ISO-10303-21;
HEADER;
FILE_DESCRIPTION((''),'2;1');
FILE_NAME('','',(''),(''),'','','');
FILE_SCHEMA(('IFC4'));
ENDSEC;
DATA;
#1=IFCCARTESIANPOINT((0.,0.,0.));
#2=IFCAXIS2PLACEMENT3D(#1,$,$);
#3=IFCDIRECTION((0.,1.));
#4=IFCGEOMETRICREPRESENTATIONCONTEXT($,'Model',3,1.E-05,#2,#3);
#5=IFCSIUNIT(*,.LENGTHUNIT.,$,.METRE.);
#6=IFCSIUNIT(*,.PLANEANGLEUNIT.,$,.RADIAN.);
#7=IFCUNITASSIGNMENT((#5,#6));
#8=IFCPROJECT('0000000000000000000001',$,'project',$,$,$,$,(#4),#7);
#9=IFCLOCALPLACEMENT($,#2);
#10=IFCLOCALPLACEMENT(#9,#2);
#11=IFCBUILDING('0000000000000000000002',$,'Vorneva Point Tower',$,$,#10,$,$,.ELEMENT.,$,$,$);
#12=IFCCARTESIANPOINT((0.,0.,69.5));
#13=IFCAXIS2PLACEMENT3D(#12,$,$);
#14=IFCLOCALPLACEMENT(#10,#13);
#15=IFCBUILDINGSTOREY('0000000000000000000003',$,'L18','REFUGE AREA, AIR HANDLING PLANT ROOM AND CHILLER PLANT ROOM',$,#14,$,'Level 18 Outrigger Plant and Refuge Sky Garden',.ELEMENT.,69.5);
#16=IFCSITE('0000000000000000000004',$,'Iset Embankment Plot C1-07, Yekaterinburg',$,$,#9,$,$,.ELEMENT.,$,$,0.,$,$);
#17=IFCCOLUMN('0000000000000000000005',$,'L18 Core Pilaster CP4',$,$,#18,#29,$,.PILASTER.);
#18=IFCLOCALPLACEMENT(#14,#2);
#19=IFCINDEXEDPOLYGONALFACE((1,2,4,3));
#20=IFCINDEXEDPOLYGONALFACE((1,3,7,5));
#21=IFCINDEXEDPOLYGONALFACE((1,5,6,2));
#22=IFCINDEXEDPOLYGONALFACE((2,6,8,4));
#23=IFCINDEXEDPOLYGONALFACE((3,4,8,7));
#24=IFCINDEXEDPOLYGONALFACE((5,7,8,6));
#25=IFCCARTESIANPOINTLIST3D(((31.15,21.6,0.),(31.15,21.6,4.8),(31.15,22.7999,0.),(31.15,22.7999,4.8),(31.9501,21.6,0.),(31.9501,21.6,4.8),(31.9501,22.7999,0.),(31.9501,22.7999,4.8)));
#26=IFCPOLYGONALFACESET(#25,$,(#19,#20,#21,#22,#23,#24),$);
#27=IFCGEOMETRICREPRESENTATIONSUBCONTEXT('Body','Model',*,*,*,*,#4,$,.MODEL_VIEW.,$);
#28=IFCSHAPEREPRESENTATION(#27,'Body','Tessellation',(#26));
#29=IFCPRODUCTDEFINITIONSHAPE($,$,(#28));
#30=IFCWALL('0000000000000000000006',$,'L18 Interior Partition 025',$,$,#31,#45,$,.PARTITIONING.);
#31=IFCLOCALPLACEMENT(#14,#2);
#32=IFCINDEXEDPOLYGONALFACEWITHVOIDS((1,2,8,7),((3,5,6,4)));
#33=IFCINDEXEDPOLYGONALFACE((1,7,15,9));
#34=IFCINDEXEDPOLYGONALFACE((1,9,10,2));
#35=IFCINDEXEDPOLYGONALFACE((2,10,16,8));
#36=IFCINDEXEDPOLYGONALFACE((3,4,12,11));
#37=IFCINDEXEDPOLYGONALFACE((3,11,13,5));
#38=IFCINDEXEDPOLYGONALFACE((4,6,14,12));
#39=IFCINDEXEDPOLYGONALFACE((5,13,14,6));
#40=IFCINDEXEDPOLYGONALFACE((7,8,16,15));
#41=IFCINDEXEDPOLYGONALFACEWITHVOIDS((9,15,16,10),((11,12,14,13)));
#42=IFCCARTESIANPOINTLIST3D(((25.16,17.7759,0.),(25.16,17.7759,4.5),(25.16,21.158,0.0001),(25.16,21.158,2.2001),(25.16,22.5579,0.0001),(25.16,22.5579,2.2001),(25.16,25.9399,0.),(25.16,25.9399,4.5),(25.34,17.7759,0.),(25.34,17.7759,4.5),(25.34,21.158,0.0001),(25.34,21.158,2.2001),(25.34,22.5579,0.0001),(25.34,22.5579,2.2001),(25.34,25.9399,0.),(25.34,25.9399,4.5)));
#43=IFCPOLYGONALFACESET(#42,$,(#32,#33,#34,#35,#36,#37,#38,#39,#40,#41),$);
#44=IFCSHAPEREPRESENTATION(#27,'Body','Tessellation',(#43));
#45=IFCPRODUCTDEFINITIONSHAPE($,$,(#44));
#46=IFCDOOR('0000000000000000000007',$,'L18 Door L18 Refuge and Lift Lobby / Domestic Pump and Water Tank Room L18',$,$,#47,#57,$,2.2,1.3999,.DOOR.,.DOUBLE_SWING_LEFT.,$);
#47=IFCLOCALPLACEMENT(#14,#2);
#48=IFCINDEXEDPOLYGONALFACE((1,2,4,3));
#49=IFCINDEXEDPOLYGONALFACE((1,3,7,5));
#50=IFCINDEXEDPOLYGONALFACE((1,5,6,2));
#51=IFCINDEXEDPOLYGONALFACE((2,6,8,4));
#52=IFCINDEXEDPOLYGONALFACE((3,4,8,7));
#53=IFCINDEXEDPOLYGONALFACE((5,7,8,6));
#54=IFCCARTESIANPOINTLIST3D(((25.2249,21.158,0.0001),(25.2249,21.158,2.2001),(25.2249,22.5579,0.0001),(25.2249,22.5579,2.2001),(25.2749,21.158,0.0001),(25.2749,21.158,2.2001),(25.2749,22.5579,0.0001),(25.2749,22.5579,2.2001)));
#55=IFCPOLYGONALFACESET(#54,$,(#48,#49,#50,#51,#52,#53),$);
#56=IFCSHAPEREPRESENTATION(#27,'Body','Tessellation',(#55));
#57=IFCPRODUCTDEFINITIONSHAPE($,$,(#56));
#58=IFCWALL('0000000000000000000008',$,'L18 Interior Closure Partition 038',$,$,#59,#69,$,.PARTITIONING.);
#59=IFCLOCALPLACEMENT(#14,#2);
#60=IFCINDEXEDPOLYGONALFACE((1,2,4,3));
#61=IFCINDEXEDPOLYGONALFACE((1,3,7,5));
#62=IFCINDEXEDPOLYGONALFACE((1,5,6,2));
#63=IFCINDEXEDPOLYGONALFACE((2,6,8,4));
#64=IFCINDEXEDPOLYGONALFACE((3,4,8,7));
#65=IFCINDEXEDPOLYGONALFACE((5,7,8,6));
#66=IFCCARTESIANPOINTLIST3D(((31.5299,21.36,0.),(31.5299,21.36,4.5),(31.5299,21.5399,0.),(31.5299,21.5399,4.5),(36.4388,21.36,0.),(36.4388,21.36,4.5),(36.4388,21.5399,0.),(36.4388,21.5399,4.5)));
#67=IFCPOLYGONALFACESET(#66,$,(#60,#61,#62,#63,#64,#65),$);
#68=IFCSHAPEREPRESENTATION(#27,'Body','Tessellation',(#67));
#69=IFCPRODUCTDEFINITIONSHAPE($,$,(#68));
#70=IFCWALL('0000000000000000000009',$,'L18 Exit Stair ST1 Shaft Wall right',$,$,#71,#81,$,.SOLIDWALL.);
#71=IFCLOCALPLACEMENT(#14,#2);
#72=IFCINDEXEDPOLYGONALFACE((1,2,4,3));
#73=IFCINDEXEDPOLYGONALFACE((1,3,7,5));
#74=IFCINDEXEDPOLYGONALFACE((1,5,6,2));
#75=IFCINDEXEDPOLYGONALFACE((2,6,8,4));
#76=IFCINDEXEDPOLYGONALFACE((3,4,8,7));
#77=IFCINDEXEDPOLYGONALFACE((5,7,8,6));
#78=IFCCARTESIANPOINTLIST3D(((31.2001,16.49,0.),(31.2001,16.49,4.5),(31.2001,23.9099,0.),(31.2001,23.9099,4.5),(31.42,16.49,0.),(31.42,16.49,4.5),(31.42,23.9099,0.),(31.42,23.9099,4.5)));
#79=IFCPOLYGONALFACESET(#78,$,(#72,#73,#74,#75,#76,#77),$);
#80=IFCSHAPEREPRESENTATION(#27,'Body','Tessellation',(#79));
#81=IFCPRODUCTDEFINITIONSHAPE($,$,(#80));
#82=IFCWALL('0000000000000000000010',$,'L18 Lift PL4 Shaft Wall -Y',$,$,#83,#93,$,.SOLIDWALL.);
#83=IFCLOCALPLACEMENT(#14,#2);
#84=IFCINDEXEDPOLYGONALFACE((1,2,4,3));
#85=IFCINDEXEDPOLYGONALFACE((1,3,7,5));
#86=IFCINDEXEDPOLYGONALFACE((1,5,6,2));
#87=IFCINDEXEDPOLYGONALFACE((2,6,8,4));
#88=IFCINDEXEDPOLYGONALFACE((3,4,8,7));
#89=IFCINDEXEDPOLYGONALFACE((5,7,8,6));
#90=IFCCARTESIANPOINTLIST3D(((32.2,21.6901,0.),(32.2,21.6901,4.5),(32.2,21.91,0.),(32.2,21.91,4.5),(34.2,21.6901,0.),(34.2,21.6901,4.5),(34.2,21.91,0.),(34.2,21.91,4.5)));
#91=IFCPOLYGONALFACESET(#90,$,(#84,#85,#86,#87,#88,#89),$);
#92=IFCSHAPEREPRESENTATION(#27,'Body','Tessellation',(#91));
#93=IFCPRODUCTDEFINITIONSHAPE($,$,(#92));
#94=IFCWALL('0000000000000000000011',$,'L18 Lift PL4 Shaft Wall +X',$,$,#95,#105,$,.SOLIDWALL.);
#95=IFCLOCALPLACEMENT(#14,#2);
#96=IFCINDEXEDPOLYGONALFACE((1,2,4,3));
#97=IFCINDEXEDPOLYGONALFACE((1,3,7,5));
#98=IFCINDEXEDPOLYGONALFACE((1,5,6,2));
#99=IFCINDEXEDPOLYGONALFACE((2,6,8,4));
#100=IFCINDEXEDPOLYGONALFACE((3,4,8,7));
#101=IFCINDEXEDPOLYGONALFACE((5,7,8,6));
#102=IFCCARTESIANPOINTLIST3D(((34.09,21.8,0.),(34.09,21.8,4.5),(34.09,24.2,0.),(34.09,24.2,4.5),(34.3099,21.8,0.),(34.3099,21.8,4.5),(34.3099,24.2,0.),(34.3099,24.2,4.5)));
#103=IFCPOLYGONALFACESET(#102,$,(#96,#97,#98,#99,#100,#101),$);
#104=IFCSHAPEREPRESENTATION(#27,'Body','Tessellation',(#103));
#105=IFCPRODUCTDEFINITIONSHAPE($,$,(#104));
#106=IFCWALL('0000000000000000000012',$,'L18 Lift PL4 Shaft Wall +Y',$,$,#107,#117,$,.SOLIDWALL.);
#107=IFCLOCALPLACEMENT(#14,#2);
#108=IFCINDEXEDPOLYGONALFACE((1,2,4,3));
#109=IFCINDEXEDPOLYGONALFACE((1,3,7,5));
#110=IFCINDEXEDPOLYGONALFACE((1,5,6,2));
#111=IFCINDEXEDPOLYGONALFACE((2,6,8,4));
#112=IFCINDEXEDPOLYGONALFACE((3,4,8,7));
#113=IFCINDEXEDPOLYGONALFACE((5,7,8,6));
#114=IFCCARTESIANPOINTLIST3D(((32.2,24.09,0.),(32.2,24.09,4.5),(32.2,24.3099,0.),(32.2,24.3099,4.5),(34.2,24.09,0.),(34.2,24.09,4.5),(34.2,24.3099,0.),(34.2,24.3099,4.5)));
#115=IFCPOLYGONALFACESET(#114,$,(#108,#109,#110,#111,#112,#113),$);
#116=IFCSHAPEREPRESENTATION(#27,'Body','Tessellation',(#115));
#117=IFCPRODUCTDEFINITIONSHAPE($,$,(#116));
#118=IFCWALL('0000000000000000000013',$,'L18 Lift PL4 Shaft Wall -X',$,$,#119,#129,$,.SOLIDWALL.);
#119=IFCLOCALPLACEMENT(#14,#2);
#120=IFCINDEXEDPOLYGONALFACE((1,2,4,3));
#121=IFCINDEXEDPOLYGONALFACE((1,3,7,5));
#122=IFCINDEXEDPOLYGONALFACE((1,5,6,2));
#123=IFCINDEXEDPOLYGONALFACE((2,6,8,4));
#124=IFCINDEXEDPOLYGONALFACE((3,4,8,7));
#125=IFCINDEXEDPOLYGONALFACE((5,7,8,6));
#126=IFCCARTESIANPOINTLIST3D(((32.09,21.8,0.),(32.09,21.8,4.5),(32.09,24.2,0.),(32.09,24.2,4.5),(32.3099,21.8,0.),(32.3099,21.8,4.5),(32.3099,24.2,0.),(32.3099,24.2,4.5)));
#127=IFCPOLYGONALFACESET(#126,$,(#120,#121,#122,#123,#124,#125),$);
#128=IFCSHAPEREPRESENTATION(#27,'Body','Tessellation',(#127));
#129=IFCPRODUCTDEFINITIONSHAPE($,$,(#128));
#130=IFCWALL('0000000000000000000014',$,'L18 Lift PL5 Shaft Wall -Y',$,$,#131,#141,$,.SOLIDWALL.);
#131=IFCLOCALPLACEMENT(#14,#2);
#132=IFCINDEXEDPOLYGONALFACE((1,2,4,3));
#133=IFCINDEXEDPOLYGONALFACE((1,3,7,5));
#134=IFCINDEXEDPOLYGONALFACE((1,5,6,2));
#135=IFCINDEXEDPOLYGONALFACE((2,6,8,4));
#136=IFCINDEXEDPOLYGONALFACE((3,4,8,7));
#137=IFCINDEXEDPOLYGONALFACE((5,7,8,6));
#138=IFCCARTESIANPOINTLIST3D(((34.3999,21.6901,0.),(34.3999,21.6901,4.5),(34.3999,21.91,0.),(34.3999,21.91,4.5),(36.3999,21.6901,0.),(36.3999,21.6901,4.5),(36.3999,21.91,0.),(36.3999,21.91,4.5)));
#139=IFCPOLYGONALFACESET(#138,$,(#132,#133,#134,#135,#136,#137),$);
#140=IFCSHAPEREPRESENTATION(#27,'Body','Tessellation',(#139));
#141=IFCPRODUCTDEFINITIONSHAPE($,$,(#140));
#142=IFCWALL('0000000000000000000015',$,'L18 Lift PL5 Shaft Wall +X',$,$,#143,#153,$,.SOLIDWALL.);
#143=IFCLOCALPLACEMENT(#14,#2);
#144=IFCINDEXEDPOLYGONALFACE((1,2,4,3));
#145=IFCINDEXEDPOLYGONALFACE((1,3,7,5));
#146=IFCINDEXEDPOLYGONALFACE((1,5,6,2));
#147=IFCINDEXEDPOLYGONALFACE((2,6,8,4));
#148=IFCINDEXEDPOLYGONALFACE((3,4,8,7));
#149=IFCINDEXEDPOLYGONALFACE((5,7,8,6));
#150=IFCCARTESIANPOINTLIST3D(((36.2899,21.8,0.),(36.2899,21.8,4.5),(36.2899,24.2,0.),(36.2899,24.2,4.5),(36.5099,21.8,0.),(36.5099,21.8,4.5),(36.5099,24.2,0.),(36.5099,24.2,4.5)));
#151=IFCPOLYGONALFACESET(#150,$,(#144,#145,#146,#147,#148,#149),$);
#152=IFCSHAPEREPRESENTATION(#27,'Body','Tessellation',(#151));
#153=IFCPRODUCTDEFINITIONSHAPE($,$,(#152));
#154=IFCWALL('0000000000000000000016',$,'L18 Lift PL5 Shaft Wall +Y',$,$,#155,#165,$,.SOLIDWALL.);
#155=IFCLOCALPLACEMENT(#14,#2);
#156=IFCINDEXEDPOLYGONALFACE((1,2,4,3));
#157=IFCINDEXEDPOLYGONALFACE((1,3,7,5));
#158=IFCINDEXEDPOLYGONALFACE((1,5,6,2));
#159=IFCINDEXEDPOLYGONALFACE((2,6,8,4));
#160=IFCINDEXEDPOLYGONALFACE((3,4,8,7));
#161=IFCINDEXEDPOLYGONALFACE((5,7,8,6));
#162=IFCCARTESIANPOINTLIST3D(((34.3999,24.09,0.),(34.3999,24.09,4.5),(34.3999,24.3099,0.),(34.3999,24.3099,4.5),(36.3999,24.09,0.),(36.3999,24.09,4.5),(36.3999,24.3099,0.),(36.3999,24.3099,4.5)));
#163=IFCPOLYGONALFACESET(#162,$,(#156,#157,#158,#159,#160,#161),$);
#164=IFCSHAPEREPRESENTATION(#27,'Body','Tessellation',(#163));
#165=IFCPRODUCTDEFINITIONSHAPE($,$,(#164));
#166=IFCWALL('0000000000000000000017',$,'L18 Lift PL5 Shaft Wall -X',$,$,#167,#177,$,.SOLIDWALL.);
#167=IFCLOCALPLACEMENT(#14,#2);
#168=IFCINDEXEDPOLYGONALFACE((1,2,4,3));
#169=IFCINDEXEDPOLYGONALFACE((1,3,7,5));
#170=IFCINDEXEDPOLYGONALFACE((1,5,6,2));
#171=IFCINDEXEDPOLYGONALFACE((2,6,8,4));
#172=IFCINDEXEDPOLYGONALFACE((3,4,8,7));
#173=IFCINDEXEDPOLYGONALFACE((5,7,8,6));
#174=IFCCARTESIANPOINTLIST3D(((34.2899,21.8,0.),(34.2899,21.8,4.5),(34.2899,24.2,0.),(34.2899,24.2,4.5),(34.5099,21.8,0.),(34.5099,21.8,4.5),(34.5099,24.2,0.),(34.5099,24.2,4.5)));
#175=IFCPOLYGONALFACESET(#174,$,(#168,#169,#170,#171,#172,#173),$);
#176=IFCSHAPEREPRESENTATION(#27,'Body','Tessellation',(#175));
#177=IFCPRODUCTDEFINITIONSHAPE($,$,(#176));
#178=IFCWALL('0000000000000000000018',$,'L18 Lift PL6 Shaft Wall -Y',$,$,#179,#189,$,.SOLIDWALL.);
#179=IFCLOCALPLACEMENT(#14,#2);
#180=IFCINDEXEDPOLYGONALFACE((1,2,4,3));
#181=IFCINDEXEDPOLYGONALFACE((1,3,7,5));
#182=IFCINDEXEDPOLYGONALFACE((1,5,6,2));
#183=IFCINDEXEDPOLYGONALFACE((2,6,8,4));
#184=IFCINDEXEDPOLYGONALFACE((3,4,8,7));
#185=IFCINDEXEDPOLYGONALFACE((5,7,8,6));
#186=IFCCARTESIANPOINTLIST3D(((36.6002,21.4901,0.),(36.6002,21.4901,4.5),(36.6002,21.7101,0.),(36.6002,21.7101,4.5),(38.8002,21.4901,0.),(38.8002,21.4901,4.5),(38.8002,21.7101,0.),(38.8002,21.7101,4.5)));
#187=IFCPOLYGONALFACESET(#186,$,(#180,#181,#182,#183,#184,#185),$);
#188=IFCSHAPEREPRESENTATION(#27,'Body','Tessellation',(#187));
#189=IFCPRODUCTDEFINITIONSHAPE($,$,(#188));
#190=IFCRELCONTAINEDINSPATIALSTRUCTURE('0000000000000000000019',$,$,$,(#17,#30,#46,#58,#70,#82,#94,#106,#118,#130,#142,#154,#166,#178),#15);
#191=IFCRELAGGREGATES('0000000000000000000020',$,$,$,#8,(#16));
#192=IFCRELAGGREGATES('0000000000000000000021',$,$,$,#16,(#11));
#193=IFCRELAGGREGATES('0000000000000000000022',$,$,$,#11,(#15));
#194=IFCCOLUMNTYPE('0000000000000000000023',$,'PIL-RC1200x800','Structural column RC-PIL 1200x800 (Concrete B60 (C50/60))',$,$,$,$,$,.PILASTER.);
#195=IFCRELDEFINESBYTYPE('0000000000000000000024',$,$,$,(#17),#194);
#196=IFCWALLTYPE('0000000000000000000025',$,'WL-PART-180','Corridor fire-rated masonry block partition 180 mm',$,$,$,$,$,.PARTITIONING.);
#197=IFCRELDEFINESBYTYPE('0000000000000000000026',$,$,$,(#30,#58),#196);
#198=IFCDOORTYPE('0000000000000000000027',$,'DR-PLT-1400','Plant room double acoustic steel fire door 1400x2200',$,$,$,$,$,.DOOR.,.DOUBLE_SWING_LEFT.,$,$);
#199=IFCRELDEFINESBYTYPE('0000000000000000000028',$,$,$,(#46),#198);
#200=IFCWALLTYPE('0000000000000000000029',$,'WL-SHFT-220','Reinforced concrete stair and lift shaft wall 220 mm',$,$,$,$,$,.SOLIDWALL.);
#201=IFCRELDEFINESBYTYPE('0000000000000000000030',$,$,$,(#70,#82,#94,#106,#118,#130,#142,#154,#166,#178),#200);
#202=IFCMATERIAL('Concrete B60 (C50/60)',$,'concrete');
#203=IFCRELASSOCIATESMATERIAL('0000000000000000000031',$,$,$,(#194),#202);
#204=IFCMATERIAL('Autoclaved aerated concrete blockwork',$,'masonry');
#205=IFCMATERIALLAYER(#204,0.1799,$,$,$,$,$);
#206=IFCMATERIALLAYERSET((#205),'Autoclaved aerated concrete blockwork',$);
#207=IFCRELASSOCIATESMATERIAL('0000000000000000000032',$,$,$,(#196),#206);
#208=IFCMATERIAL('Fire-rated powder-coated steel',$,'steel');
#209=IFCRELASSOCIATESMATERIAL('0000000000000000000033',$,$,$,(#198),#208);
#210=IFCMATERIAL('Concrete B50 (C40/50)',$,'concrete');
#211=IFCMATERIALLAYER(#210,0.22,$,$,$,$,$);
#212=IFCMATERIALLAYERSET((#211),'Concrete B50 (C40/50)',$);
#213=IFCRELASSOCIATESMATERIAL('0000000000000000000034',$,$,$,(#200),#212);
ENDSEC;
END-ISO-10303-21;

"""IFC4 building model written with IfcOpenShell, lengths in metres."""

from ifc_helpers import new_model, si_unit, direction, frame, frame_2d, origin, origin_2d, place, context, subcontext, project, spatial, rectangle, extrude, material, layer, layer_set, material_profile, profile_set, type_object, element, fill, save


model = new_model("IFC4")

# Units and contexts
model_context = context("Model", 3, precision=1e-05, world=origin(), true_north=direction((0.0, 1.0)))
body_context = subcontext(model_context, "Body", "Model", "MODEL_VIEW")
ifc_project = project(units=[si_unit("LENGTHUNIT", "METRE"), si_unit("PLANEANGLEUNIT", "RADIAN")], contexts=[model_context])

# Site, building, storey
site_placement = place(None, origin())
site = spatial("IfcSite", under=ifc_project, at=site_placement, Name="Iset Embankment Plot C1-07, Yekaterinburg", CompositionType="ELEMENT", RefElevation=0.0)
building_placement = place(site_placement, origin())
building = spatial("IfcBuilding", under=site, at=building_placement, Name="Vorneva Point Tower", CompositionType="ELEMENT")
storey_placement = place(building_placement, frame((0.0, 0.0, 69.5)))
storey = spatial("IfcBuildingStorey", under=building, at=storey_placement, Name="L18", Description="REFUGE AREA, AIR HANDLING PLANT ROOM AND CHILLER PLANT ROOM", LongName="Level 18 Outrigger Plant and Refuge Sky Garden", CompositionType="ELEMENT", Elevation=69.5)

# Column
ifc_material_1 = material(Name="Concrete B60 (C50/60)", Category="concrete")
ifc_material_profile = material_profile(ifc_material_1, rectangle(XDim=0.8, YDim=1.2, at=origin_2d()), Name="RC-PIL 1200x800")
ifc_profile_set = profile_set([ifc_material_profile], Name="Concrete B60 (C50/60)")
column_type = type_object("IfcColumnType", Name="PIL-RC1200x800", Description="Structural column RC-PIL 1200x800 (Concrete B60 (C50/60))", PredefinedType="PILASTER", material=ifc_profile_set)
column_placement = place(storey_placement, frame((31.55, 22.2, 0.0), z_axis=(0.0, 0.0, 1.0), x_axis=(1.0, 0.0, 0.0)))
element("IfcColumn", 1, at=column_placement, inside=storey, type_object=column_type, Name="L18 Core Pilaster CP4", PredefinedType="PILASTER", context=body_context, shape_type="SweptSolid", body=[
    extrude(rectangle(XDim=0.8, YDim=1.2, at=origin_2d()), origin(), (0.0, 0.0, 1.0), 4.8),
])

# Wall, opening, door
ifc_material_2 = material(Name="Autoclaved aerated concrete blockwork", Category="masonry")
ifc_layer_1 = layer(ifc_material_2, 0.1799)
ifc_layer_set_1 = layer_set([ifc_layer_1], Name="Autoclaved aerated concrete blockwork")
wall_type_1 = type_object("IfcWallType", Name="WL-PART-180", Description="Corridor fire-rated masonry block partition 180 mm", PredefinedType="PARTITIONING", material=ifc_layer_set_1)
ifc_material_3 = material(Name="Fire-rated powder-coated steel", Category="steel")
wall_1_placement = place(storey_placement, frame((25.25, 25.9399, 0.0), z_axis=(0.0, 0.0, 1.0), x_axis=(0.0, -1.0, 0.0)))
wall_1 = element("IfcWall", 2, at=wall_1_placement, inside=storey, type_object=wall_type_1, Name="L18 Interior Partition 025", PredefinedType="PARTITIONING", context=body_context, shape_type="SweptSolid", body=[
    extrude(rectangle(XDim=8.1641, YDim=0.1799, at=frame_2d((4.082, 0.0))), origin(), (0.0, 0.0, 1.0), 4.5),
])
opening_1_placement = place(wall_1_placement, frame((3.3821, 0.0, 0.0)))
opening_1 = element("IfcOpeningElement", 3, at=opening_1_placement, cuts=wall_1, PredefinedType="OPENING", context=body_context, shape_type="SweptSolid", body=[
    extrude(rectangle(XDim=1.3999, YDim=2.2, at=frame_2d((0.7, 1.1001))), frame((0.0, 0.105, 0.0), z_axis=(0.0, -1.0, 0.0), x_axis=(1.0, 0.0, 0.0)), (0.0, 0.0, 1.0), 0.2097),
])
door_type_1 = type_object("IfcDoorType", Name="DR-PLT-1400", Description="Plant room double acoustic steel fire door 1400x2200", OperationType="DOUBLE_SWING_LEFT", PredefinedType="DOOR", material=ifc_material_3)
door_1_placement = place(opening_1_placement, origin())
door_1 = element("IfcDoor", 4, at=door_1_placement, inside=storey, type_object=door_type_1, Name="L18 Door L18 Refuge and Lift Lobby / Domestic Pump and Water Tank Room L18", OperationType="DOUBLE_SWING_LEFT", OverallHeight=2.2, OverallWidth=1.3999, PredefinedType="DOOR", context=body_context, shape_type="SweptSolid", body=[
    extrude(rectangle(XDim=1.3999, YDim=2.2, at=frame_2d((0.7, 1.1001))), frame((0.0, 0.0249, 0.0), z_axis=(0.0, -1.0, 0.0), x_axis=(1.0, 0.0, 0.0)), (0.0, 0.0, 1.0), 0.05),
])
fill(opening_1, door_1)

# Wall
wall_2_placement = place(storey_placement, frame((36.439, 21.45, 0.0), z_axis=(0.0, 0.0, 1.0), x_axis=(-1.0, 0.0, 0.0)))
element("IfcWall", 5, at=wall_2_placement, inside=storey, type_object=wall_type_1, Name="L18 Interior Closure Partition 038", PredefinedType="PARTITIONING", context=body_context, shape_type="SweptSolid", body=[
    extrude(rectangle(XDim=4.9089, YDim=0.1799, at=frame_2d((2.4546, 0.0))), origin(), (0.0, 0.0, 1.0), 4.5),
])

# Shared definitions
ifc_material_4 = material(Name="Concrete B50 (C40/50)", Category="concrete")
ifc_layer_2 = layer(ifc_material_4, 0.22)
ifc_layer_set_2 = layer_set([ifc_layer_2], Name="Concrete B50 (C40/50)")
wall_type_2 = type_object("IfcWallType", Name="WL-SHFT-220", Description="Reinforced concrete stair and lift shaft wall 220 mm", PredefinedType="SOLIDWALL", material=ifc_layer_set_2)

# Walls
wall_3_placement = place(storey_placement, frame((31.3101, 23.9099, 0.0), z_axis=(0.0, 0.0, 1.0), x_axis=(0.0, -1.0, 0.0)))
element("IfcWall", 6, at=wall_3_placement, inside=storey, type_object=wall_type_2, Name="L18 Exit Stair ST1 Shaft Wall right", PredefinedType="SOLIDWALL", context=body_context, shape_type="SweptSolid", body=[
    extrude(rectangle(XDim=7.4199, YDim=0.22, at=frame_2d((3.71, 0.0))), origin(), (0.0, 0.0, 1.0), 4.5),
])
wall_4_placement = place(storey_placement, frame((32.2, 21.8, 0.0), z_axis=(0.0, 0.0, 1.0), x_axis=(1.0, 0.0, 0.0)))
element("IfcWall", 7, at=wall_4_placement, inside=storey, type_object=wall_type_2, Name="L18 Lift PL4 Shaft Wall -Y", PredefinedType="SOLIDWALL", context=body_context, shape_type="SweptSolid", body=[
    extrude(rectangle(XDim=2.0, YDim=0.22, at=frame_2d((1.0, 0.0))), origin(), (0.0, 0.0, 1.0), 4.5),
])
wall_5_placement = place(storey_placement, frame((34.2, 21.8, 0.0), z_axis=(0.0, 0.0, 1.0), x_axis=(0.0, 1.0, 0.0)))
element("IfcWall", 8, at=wall_5_placement, inside=storey, type_object=wall_type_2, Name="L18 Lift PL4 Shaft Wall +X", PredefinedType="SOLIDWALL", context=body_context, shape_type="SweptSolid", body=[
    extrude(rectangle(XDim=2.3999, YDim=0.22, at=frame_2d((1.2, 0.0))), origin(), (0.0, 0.0, 1.0), 4.5),
])
wall_6_placement = place(storey_placement, frame((34.2, 24.2, 0.0), z_axis=(0.0, 0.0, 1.0), x_axis=(-1.0, 0.0, 0.0)))
element("IfcWall", 9, at=wall_6_placement, inside=storey, type_object=wall_type_2, Name="L18 Lift PL4 Shaft Wall +Y", PredefinedType="SOLIDWALL", context=body_context, shape_type="SweptSolid", body=[
    extrude(rectangle(XDim=2.0, YDim=0.22, at=frame_2d((1.0, 0.0))), origin(), (0.0, 0.0, 1.0), 4.5),
])
wall_7_placement = place(storey_placement, frame((32.2, 24.2, 0.0), z_axis=(0.0, 0.0, 1.0), x_axis=(0.0, -1.0, 0.0)))
element("IfcWall", 10, at=wall_7_placement, inside=storey, type_object=wall_type_2, Name="L18 Lift PL4 Shaft Wall -X", PredefinedType="SOLIDWALL", context=body_context, shape_type="SweptSolid", body=[
    extrude(rectangle(XDim=2.3999, YDim=0.22, at=frame_2d((1.2, 0.0))), origin(), (0.0, 0.0, 1.0), 4.5),
])
wall_8_placement = place(storey_placement, frame((34.3999, 21.8, 0.0), z_axis=(0.0, 0.0, 1.0), x_axis=(1.0, 0.0, 0.0)))
element("IfcWall", 11, at=wall_8_placement, inside=storey, type_object=wall_type_2, Name="L18 Lift PL5 Shaft Wall -Y", PredefinedType="SOLIDWALL", context=body_context, shape_type="SweptSolid", body=[
    extrude(rectangle(XDim=2.0, YDim=0.22, at=frame_2d((1.0, 0.0))), origin(), (0.0, 0.0, 1.0), 4.5),
])
wall_9_placement = place(storey_placement, frame((36.3999, 21.8, 0.0), z_axis=(0.0, 0.0, 1.0), x_axis=(0.0, 1.0, 0.0)))
element("IfcWall", 12, at=wall_9_placement, inside=storey, type_object=wall_type_2, Name="L18 Lift PL5 Shaft Wall +X", PredefinedType="SOLIDWALL", context=body_context, shape_type="SweptSolid", body=[
    extrude(rectangle(XDim=2.3999, YDim=0.22, at=frame_2d((1.2, 0.0))), origin(), (0.0, 0.0, 1.0), 4.5),
])
wall_10_placement = place(storey_placement, frame((36.3999, 24.2, 0.0), z_axis=(0.0, 0.0, 1.0), x_axis=(-1.0, 0.0, 0.0)))
element("IfcWall", 13, at=wall_10_placement, inside=storey, type_object=wall_type_2, Name="L18 Lift PL5 Shaft Wall +Y", PredefinedType="SOLIDWALL", context=body_context, shape_type="SweptSolid", body=[
    extrude(rectangle(XDim=2.0, YDim=0.22, at=frame_2d((1.0, 0.0))), origin(), (0.0, 0.0, 1.0), 4.5),
])
wall_11_placement = place(storey_placement, frame((34.3999, 24.2, 0.0), z_axis=(0.0, 0.0, 1.0), x_axis=(0.0, -1.0, 0.0)))
element("IfcWall", 14, at=wall_11_placement, inside=storey, type_object=wall_type_2, Name="L18 Lift PL5 Shaft Wall -X", PredefinedType="SOLIDWALL", context=body_context, shape_type="SweptSolid", body=[
    extrude(rectangle(XDim=2.3999, YDim=0.22, at=frame_2d((1.2, 0.0))), origin(), (0.0, 0.0, 1.0), 4.5),
])
wall_12_placement = place(storey_placement, frame((36.6001, 21.6001, 0.0), z_axis=(0.0, 0.0, 1.0), x_axis=(1.0, 0.0, 0.0)))
element("IfcWall", 15, at=wall_12_placement, inside=storey, type_object=wall_type_2, Name="L18 Lift PL6 Shaft Wall -Y", PredefinedType="SOLIDWALL", context=body_context, shape_type="SweptSolid", body=[
    extrude(rectangle(XDim=2.2, YDim=0.22, at=frame_2d((1.1001, 0.0))), origin(), (0.0, 0.0, 1.0), 4.5),
])

save(model, "model.ifc")
